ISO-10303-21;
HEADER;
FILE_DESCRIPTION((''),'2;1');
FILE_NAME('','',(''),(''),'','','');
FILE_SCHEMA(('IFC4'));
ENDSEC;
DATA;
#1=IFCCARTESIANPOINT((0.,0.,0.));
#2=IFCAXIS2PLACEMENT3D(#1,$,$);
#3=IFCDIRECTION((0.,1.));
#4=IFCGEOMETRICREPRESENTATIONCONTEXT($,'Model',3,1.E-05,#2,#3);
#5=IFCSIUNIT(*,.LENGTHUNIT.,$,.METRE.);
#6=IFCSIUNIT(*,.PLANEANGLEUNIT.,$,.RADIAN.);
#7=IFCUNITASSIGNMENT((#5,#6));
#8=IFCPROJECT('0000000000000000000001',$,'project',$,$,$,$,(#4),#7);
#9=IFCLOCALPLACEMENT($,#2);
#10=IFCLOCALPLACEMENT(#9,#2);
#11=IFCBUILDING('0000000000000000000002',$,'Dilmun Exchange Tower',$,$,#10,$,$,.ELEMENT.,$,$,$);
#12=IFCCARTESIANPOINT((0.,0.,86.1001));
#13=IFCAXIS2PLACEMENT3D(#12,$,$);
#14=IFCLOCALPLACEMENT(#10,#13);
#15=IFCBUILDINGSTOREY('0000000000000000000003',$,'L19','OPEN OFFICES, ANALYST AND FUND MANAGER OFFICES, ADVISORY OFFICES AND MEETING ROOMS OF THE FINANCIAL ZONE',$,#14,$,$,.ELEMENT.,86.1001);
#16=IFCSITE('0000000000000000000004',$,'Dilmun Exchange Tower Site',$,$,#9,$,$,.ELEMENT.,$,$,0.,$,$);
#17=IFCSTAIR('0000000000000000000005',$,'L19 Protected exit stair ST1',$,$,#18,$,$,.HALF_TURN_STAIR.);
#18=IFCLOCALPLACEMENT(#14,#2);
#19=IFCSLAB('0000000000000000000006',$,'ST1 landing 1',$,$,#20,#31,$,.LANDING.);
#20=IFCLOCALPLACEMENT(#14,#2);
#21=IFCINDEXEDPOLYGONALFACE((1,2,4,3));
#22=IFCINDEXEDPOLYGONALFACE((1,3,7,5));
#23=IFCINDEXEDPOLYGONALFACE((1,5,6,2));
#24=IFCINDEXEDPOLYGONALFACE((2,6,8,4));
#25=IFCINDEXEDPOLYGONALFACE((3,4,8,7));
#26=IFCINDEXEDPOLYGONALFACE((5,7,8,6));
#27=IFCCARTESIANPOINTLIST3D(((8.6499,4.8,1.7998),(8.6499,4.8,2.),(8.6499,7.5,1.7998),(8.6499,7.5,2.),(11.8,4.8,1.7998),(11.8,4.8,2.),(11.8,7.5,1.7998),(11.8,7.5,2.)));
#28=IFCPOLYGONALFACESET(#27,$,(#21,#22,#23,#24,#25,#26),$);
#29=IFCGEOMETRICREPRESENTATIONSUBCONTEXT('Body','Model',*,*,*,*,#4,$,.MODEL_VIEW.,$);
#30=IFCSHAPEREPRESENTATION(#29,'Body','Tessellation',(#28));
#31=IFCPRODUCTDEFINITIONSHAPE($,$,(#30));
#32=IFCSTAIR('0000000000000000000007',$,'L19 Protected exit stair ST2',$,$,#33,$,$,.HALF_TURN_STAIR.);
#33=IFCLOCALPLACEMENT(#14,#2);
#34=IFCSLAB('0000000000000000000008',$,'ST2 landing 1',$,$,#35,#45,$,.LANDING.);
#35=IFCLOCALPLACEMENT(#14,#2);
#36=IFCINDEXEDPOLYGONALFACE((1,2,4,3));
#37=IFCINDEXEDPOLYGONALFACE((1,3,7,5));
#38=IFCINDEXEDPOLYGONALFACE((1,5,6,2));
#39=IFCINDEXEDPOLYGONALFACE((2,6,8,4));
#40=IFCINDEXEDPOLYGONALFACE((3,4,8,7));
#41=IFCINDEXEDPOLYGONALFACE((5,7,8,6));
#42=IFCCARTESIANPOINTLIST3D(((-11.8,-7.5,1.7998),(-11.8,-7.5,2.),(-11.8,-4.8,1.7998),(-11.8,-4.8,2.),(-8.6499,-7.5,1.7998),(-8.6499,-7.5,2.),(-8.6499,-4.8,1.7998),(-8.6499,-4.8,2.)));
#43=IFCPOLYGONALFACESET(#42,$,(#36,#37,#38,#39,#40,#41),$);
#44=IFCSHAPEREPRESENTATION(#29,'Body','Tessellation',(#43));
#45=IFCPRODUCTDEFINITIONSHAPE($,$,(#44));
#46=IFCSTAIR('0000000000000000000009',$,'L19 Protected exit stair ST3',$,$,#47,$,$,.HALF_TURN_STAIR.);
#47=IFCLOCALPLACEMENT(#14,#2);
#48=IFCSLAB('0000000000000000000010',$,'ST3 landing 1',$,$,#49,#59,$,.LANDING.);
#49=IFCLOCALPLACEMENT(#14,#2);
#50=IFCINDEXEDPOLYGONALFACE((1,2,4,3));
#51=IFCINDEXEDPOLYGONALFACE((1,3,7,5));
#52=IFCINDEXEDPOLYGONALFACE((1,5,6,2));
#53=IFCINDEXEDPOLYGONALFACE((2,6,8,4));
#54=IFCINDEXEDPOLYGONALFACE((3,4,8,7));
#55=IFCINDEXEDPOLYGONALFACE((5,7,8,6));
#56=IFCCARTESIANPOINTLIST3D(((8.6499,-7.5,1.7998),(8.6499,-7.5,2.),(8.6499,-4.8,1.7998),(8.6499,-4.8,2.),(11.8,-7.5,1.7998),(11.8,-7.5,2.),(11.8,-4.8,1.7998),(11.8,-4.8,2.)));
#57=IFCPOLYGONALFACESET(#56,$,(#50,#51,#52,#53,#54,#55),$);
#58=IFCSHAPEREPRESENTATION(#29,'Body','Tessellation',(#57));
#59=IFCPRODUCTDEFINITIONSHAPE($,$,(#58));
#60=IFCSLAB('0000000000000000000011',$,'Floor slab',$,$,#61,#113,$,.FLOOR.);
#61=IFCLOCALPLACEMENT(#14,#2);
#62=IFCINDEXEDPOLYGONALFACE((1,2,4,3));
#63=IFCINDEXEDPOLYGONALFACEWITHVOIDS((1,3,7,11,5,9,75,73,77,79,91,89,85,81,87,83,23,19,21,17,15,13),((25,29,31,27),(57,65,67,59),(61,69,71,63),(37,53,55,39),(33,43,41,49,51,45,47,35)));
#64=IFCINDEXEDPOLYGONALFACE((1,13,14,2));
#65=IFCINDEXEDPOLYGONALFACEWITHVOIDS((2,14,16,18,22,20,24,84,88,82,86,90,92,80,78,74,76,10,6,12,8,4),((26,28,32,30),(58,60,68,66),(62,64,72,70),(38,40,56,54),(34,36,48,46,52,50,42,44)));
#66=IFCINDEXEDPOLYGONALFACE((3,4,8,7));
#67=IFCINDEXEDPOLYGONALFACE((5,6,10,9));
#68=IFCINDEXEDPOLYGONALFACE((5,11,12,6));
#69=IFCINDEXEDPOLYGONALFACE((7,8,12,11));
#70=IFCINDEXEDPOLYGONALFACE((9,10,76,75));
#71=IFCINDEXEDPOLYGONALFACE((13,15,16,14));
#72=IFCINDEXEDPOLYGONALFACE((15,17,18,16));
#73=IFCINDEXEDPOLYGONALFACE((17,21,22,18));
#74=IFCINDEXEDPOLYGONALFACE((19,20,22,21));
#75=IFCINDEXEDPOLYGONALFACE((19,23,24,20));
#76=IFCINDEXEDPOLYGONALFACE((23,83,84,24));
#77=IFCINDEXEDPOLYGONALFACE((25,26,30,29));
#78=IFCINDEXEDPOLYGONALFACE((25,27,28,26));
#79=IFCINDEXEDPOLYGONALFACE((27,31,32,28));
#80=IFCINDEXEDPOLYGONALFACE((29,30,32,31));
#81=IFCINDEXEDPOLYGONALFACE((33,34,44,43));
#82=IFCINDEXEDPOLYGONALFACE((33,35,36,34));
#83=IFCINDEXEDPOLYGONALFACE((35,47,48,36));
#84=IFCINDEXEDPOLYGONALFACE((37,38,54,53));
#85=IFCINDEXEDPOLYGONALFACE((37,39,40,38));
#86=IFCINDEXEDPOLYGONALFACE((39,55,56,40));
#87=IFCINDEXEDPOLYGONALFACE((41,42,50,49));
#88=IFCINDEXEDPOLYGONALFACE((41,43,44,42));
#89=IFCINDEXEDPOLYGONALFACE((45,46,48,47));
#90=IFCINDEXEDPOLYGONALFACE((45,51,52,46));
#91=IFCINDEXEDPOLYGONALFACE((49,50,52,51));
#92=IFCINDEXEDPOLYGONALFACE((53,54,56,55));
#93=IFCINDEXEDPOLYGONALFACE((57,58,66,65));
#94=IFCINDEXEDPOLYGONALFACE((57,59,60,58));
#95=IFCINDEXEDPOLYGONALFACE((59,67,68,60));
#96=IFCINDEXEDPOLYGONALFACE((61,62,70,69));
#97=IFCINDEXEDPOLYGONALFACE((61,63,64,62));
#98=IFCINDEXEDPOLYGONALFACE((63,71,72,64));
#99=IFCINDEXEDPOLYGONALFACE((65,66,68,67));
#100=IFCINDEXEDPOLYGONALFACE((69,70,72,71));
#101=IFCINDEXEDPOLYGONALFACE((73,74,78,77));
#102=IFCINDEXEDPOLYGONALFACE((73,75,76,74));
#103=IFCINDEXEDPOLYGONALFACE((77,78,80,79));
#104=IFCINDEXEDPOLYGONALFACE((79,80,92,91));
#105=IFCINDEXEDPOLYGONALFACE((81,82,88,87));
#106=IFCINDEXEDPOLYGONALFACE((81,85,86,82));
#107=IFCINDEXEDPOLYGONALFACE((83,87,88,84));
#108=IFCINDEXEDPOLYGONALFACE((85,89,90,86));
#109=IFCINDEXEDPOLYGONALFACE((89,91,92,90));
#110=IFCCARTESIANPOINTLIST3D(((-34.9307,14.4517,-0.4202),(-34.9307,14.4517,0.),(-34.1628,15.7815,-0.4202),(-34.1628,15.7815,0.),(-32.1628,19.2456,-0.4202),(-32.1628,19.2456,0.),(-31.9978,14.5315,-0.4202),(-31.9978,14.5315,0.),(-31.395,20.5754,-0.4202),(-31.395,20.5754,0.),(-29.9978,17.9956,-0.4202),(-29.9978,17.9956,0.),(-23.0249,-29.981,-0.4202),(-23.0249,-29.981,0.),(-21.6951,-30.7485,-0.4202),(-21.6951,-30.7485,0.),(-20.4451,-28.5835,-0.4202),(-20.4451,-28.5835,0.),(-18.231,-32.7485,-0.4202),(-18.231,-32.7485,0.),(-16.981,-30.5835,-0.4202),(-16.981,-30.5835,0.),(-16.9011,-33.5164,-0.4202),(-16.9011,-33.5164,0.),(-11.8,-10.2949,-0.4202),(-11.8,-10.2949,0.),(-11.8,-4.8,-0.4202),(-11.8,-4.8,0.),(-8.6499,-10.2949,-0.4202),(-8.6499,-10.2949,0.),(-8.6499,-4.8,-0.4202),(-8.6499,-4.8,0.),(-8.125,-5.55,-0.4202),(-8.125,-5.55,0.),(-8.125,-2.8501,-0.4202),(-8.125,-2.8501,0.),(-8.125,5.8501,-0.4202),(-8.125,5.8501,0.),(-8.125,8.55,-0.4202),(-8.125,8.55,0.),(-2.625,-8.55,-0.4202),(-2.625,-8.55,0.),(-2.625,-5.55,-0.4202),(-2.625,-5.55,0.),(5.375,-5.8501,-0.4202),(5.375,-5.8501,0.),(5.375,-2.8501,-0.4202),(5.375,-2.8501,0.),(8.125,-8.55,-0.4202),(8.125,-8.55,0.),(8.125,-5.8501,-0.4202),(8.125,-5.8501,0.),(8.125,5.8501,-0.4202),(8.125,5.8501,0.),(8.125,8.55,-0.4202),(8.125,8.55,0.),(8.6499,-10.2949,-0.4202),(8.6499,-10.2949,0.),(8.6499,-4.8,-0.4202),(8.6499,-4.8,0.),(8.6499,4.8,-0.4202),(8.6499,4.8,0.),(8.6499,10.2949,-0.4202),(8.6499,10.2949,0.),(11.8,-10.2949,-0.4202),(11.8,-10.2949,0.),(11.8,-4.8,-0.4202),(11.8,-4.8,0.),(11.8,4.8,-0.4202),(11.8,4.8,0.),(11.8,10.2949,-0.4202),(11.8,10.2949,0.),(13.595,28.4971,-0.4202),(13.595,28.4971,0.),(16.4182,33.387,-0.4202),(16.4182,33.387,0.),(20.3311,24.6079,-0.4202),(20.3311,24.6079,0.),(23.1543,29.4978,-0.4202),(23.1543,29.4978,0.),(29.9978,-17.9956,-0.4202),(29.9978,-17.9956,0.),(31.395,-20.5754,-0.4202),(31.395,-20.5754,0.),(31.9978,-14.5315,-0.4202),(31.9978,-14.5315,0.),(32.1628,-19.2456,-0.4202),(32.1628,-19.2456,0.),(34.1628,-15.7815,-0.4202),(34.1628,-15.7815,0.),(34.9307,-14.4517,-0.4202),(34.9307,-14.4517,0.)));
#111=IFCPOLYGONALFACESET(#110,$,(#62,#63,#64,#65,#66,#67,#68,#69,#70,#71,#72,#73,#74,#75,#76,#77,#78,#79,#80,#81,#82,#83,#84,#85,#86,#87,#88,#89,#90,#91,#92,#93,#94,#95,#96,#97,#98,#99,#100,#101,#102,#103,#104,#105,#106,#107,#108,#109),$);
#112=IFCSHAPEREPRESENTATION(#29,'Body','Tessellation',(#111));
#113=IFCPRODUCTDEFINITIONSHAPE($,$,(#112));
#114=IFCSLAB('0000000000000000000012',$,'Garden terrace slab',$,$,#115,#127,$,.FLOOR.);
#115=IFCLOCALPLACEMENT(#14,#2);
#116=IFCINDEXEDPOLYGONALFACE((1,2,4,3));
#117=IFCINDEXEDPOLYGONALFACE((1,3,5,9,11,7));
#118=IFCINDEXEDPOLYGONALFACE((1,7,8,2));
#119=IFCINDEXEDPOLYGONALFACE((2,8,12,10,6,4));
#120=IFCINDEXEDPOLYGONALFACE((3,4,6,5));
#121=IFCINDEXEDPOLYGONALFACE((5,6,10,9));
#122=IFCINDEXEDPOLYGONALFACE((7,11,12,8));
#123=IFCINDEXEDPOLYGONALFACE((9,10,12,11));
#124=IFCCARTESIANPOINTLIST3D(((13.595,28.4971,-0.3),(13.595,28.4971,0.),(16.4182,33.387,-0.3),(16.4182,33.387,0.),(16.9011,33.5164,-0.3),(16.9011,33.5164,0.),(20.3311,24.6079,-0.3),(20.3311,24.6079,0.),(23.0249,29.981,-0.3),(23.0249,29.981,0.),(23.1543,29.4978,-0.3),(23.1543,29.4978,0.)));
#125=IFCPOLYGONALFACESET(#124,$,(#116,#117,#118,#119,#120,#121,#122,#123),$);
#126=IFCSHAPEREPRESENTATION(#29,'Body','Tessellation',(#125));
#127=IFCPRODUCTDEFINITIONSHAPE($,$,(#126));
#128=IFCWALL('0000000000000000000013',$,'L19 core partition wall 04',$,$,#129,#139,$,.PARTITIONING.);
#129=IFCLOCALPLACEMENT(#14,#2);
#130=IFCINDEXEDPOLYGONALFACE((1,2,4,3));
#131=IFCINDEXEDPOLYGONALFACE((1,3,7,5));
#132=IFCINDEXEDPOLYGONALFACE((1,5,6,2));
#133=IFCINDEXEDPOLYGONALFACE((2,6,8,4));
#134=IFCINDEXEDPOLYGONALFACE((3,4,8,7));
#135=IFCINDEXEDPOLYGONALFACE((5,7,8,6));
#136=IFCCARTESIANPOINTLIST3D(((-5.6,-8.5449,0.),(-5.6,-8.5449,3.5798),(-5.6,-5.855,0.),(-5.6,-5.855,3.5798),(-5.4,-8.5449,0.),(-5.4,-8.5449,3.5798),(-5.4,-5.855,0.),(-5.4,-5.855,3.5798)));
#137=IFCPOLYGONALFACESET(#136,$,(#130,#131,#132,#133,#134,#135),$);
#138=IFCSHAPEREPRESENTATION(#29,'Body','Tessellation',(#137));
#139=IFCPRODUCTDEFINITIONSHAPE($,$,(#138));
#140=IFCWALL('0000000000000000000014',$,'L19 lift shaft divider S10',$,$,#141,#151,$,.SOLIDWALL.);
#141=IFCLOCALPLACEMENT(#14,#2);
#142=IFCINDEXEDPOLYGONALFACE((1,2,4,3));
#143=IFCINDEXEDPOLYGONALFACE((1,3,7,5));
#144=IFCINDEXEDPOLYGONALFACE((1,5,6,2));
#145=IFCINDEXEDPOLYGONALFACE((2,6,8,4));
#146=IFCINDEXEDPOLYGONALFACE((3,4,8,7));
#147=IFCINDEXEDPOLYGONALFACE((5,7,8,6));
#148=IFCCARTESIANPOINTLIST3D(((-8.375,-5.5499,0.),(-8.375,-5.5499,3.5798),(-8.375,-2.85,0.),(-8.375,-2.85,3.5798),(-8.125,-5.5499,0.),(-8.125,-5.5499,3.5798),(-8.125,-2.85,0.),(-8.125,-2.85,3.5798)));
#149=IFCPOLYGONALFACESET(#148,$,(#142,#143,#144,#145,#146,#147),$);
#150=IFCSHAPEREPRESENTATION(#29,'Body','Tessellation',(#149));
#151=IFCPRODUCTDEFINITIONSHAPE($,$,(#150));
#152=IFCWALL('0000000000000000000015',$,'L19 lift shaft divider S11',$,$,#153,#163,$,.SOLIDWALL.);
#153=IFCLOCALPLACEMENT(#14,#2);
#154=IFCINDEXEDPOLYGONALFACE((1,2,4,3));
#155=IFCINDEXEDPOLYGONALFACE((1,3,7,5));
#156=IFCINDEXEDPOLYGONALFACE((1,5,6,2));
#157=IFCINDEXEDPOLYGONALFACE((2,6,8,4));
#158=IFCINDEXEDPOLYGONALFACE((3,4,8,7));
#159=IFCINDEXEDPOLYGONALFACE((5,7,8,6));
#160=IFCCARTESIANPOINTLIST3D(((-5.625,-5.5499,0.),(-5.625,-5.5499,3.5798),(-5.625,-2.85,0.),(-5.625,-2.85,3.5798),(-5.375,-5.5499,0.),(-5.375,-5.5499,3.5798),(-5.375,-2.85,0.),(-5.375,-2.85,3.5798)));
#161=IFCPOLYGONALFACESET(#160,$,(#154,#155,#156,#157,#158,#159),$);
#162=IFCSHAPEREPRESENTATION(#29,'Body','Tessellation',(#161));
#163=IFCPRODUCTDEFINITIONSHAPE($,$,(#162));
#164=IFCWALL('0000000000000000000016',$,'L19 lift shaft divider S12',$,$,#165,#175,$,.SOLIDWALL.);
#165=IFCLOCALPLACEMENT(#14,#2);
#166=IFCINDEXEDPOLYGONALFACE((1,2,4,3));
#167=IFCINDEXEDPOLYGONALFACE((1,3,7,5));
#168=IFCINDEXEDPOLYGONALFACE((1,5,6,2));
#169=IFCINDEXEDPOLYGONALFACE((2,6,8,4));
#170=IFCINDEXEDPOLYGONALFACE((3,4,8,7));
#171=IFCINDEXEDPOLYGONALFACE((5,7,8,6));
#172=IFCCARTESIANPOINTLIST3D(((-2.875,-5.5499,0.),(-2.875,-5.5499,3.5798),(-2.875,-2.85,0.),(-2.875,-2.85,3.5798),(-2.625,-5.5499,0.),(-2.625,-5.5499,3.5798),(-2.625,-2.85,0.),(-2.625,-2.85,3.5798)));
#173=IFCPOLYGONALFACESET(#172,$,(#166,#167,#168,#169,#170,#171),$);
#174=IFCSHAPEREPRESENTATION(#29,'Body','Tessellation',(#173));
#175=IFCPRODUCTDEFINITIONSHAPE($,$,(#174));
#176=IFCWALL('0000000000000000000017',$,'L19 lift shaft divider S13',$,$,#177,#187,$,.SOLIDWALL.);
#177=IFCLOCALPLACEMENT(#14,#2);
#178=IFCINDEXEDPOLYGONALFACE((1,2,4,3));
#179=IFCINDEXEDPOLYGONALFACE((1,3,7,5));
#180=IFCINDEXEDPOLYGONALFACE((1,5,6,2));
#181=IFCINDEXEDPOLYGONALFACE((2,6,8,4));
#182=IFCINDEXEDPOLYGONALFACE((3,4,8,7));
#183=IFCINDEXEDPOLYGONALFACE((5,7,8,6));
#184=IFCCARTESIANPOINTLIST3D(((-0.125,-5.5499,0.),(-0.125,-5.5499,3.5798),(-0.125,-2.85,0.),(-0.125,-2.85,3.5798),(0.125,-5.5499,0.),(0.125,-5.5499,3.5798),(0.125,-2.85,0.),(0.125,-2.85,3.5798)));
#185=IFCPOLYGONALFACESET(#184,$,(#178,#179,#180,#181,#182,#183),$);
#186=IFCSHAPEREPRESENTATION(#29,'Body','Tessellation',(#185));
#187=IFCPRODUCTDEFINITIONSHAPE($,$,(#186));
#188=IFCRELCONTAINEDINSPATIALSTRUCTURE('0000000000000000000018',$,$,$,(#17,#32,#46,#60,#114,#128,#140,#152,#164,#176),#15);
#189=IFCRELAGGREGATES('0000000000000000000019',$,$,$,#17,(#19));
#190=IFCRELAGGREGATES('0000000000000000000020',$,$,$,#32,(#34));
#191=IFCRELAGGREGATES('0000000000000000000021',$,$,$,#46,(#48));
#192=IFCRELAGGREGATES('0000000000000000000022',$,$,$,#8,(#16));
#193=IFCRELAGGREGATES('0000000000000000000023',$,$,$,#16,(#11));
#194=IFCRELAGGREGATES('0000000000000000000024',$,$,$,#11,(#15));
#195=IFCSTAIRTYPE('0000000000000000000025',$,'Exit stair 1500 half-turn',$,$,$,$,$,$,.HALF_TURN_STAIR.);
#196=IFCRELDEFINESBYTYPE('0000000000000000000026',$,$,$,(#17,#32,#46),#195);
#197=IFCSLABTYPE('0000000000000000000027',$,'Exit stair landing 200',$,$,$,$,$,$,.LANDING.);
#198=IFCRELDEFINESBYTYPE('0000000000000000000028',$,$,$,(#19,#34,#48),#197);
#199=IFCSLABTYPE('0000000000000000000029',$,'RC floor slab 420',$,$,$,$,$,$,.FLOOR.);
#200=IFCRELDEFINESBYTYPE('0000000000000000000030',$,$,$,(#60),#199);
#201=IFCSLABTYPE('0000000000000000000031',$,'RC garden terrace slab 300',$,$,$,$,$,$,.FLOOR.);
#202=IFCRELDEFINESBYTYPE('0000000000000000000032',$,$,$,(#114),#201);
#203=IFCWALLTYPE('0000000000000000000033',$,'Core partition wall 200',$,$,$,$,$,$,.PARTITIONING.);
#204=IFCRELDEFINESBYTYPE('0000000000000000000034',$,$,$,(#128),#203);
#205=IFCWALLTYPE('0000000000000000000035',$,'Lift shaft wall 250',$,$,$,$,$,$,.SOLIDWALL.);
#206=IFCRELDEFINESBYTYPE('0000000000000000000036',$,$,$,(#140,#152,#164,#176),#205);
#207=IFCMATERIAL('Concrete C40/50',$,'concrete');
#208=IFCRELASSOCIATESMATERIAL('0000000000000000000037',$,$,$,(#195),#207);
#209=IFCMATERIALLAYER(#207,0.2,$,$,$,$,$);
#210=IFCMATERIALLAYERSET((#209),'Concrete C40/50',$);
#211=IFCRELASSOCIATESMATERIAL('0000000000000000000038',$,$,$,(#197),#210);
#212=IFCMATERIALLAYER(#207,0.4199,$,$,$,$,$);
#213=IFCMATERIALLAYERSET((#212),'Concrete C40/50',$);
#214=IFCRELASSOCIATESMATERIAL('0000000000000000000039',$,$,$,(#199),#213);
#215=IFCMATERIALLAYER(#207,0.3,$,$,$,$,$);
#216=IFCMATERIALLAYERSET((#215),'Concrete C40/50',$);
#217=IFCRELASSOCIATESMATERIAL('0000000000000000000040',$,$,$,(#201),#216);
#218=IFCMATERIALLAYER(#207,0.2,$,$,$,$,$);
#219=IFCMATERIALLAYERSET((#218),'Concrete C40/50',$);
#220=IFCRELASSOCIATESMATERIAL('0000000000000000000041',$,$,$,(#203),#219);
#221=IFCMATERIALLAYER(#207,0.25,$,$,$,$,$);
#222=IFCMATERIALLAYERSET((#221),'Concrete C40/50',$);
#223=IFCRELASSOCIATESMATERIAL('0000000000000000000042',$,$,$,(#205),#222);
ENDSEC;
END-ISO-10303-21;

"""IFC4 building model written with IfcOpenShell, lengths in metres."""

from ifc_helpers import new_model, si_unit, direction, frame, frame_2d, origin, place, context, subcontext, project, spatial, polyline, rectangle, outline, extrude, material, layer, layer_set, type_object, element, aggregate, save


model = new_model("IFC4")

# Units and contexts
model_context = context("Model", 3, precision=1e-05, world=origin(), true_north=direction((0.0, 1.0)))
body_context = subcontext(model_context, "Body", "Model", "MODEL_VIEW")
ifc_project = project(units=[si_unit("LENGTHUNIT", "METRE"), si_unit("PLANEANGLEUNIT", "RADIAN")], contexts=[model_context])

# Site, building, storey
site_placement = place(None, origin())
site = spatial("IfcSite", under=ifc_project, at=site_placement, Name="Dilmun Exchange Tower Site", CompositionType="ELEMENT", RefElevation=0.0)
building_placement = place(site_placement, origin())
building = spatial("IfcBuilding", under=site, at=building_placement, Name="Dilmun Exchange Tower", CompositionType="ELEMENT")
storey_placement = place(building_placement, frame((0.0, 0.0, 86.1001)))
storey = spatial("IfcBuildingStorey", under=building, at=storey_placement, Name="L19", Description="OPEN OFFICES, ANALYST AND FUND MANAGER OFFICES, ADVISORY OFFICES AND MEETING ROOMS OF THE FINANCIAL ZONE", CompositionType="ELEMENT", Elevation=86.1001)

# Stairs, slabs
ifc_material_1 = material(Name="Concrete C40/50", Category="concrete")
stair_type = type_object("IfcStairType", Name="Exit stair 1500 half-turn", PredefinedType="HALF_TURN_STAIR", material=ifc_material_1)
stair_1_placement = place(storey_placement, origin())
stair_1 = element("IfcStair", 1, at=stair_1_placement, inside=storey, type_object=stair_type, Name="L19 Protected exit stair ST1", PredefinedType="HALF_TURN_STAIR")
ifc_layer_1 = layer(ifc_material_1, 0.2)
ifc_layer_set_1 = layer_set([ifc_layer_1], Name="Concrete C40/50")
slab_type_1 = type_object("IfcSlabType", Name="Exit stair landing 200", PredefinedType="LANDING", material=ifc_layer_set_1)
slab_1_placement = place(storey_placement, frame((0.0, 0.0, 1.7998)))
slab_1 = element("IfcSlab", 2, at=slab_1_placement, type_object=slab_type_1, Name="ST1 landing 1", PredefinedType="LANDING", context=body_context, shape_type="SweptSolid", body=[
    extrude(outline(polyline([(8.6499, 7.5), (8.6499, 4.8), (11.8, 4.8), (11.8, 7.5), (8.6499, 7.5)])), origin(), (0.0, 0.0, 1.0), 0.2002),
])
aggregate(stair_1, [slab_1])
stair_2_placement = place(storey_placement, origin())
stair_2 = element("IfcStair", 3, at=stair_2_placement, inside=storey, type_object=stair_type, Name="L19 Protected exit stair ST2", PredefinedType="HALF_TURN_STAIR")
slab_2_placement = place(storey_placement, frame((0.0, 0.0, 1.7998)))
slab_2 = element("IfcSlab", 4, at=slab_2_placement, type_object=slab_type_1, Name="ST2 landing 1", PredefinedType="LANDING", context=body_context, shape_type="SweptSolid", body=[
    extrude(outline(polyline([(-8.6499, -7.5), (-8.6499, -4.8), (-11.8, -4.8), (-11.8, -7.5), (-8.6499, -7.5)])), origin(), (0.0, 0.0, 1.0), 0.2002),
])
aggregate(stair_2, [slab_2])
stair_3_placement = place(storey_placement, origin())
stair_3 = element("IfcStair", 5, at=stair_3_placement, inside=storey, type_object=stair_type, Name="L19 Protected exit stair ST3", PredefinedType="HALF_TURN_STAIR")
slab_3_placement = place(storey_placement, frame((0.0, 0.0, 1.7998)))
slab_3 = element("IfcSlab", 6, at=slab_3_placement, type_object=slab_type_1, Name="ST3 landing 1", PredefinedType="LANDING", context=body_context, shape_type="SweptSolid", body=[
    extrude(outline(polyline([(11.8, -7.5), (11.8, -4.8), (8.6499, -4.8), (8.6499, -7.5), (11.8, -7.5)])), origin(), (0.0, 0.0, 1.0), 0.2002),
])
aggregate(stair_3, [slab_3])

# Slabs
ifc_layer_2 = layer(ifc_material_1, 0.4199)
ifc_layer_set_2 = layer_set([ifc_layer_2], Name="Concrete C40/50")
slab_type_2 = type_object("IfcSlabType", Name="RC floor slab 420", PredefinedType="FLOOR", material=ifc_layer_set_2)
slab_4_placement = place(storey_placement, frame((0.0, 0.0, -0.4202)))
element("IfcSlab", 7, at=slab_4_placement, inside=storey, type_object=slab_type_2, Name="Floor slab", PredefinedType="FLOOR", context=body_context, shape_type="SweptSolid", body=[
    extrude(outline(polyline([(34.1628, -15.7815), (31.9978, -14.5315), (29.9978, -17.9956), (32.1628, -19.2456), (31.395, -20.5754), (-16.9011, -33.5164), (-18.231, -32.7485), (-16.981, -30.5835), (-20.4451, -28.5835), (-21.6951, -30.7485), (-23.0249, -29.981), (-34.9307, 14.4517), (-34.1628, 15.7815), (-31.9978, 14.5315), (-29.9978, 17.9956), (-32.1628, 19.2456), (-31.395, 20.5754), (16.4182, 33.387), (13.595, 28.4971), (20.3311, 24.6079), (23.1543, 29.4978), (34.9307, -14.4517), (34.1628, -15.7815)]), holes=[polyline([(-8.6499, -4.8), (-11.8, -4.8), (-11.8, -10.2949), (-8.6499, -10.2949), (-8.6499, -4.8)]), polyline([(11.8, -4.8), (8.6499, -4.8), (8.6499, -10.2949), (11.8, -10.2949), (11.8, -4.8)]), polyline([(-8.125, -2.8501), (-8.125, -5.55), (-2.625, -5.55), (-2.625, -8.55), (8.125, -8.55), (8.125, -5.8501), (5.375, -5.8501), (5.375, -2.8501), (-8.125, -2.8501)]), polyline([(-8.125, 5.8501), (8.125, 5.8501), (8.125, 8.55), (-8.125, 8.55), (-8.125, 5.8501)]), polyline([(8.6499, 10.2949), (8.6499, 4.8), (11.8, 4.8), (11.8, 10.2949), (8.6499, 10.2949)])]), origin(), (0.0, 0.0, 1.0), 0.4202),
])
ifc_layer_3 = layer(ifc_material_1, 0.3)
ifc_layer_set_3 = layer_set([ifc_layer_3], Name="Concrete C40/50")
slab_type_3 = type_object("IfcSlabType", Name="RC garden terrace slab 300", PredefinedType="FLOOR", material=ifc_layer_set_3)
slab_5_placement = place(storey_placement, frame((0.0, 0.0, -0.3)))
element("IfcSlab", 8, at=slab_5_placement, inside=storey, type_object=slab_type_3, Name="Garden terrace slab", PredefinedType="FLOOR", context=body_context, shape_type="SweptSolid", body=[
    extrude(outline(polyline([(13.595, 28.4971), (16.4182, 33.387), (16.9011, 33.5164), (23.0249, 29.981), (23.1543, 29.4978), (20.3311, 24.6079), (13.595, 28.4971)])), origin(), (0.0, 0.0, 1.0), 0.3),
])

# Wall
ifc_layer_4 = layer(ifc_material_1, 0.2)
ifc_layer_set_4 = layer_set([ifc_layer_4], Name="Concrete C40/50")
wall_type_1 = type_object("IfcWallType", Name="Core partition wall 200", PredefinedType="PARTITIONING", material=ifc_layer_set_4)
wall_1_placement = place(storey_placement, frame((-5.5, -8.5449, 0.0), z_axis=(0.0, 0.0, 1.0), x_axis=(0.0, 1.0, 0.0)))
element("IfcWall", 9, at=wall_1_placement, inside=storey, type_object=wall_type_1, Name="L19 core partition wall 04", PredefinedType="PARTITIONING", context=body_context, shape_type="SweptSolid", body=[
    extrude(rectangle(XDim=2.6899, YDim=0.2, at=frame_2d((1.345, 0.0))), origin(), (0.0, 0.0, 1.0), 3.5798),
])

# Walls
ifc_layer_5 = layer(ifc_material_1, 0.25)
ifc_layer_set_5 = layer_set([ifc_layer_5], Name="Concrete C40/50")
wall_type_2 = type_object("IfcWallType", Name="Lift shaft wall 250", PredefinedType="SOLIDWALL", material=ifc_layer_set_5)
for number, where, z_axis, x_axis, name in (
    (10, (-8.25, -5.55, 0.0), (0.0, 0.0, 1.0), (0.0, 1.0, 0.0), "L19 lift shaft divider S10"),
    (11, (-5.5, -5.55, 0.0), (0.0, 0.0, 1.0), (0.0, 1.0, 0.0), "L19 lift shaft divider S11"),
    (12, (-2.75, -5.55, 0.0), (0.0, 0.0, 1.0), (0.0, 1.0, 0.0), "L19 lift shaft divider S12"),
    (13, (0.0, -5.55, 0.0), (0.0, 0.0, 1.0), (0.0, 1.0, 0.0), "L19 lift shaft divider S13"),
):
    element("IfcWall", number, at=place(storey_placement, frame(where, z_axis=z_axis, x_axis=x_axis)), inside=storey, type_object=wall_type_2, Name=name, PredefinedType="SOLIDWALL", context=body_context, shape_type="SweptSolid", body=[
        extrude(rectangle(XDim=2.7, YDim=0.25, at=frame_2d((1.3501, 0.0))), origin(), (0.0, 0.0, 1.0), 3.5798),
    ])

save(model, "model.ifc")
